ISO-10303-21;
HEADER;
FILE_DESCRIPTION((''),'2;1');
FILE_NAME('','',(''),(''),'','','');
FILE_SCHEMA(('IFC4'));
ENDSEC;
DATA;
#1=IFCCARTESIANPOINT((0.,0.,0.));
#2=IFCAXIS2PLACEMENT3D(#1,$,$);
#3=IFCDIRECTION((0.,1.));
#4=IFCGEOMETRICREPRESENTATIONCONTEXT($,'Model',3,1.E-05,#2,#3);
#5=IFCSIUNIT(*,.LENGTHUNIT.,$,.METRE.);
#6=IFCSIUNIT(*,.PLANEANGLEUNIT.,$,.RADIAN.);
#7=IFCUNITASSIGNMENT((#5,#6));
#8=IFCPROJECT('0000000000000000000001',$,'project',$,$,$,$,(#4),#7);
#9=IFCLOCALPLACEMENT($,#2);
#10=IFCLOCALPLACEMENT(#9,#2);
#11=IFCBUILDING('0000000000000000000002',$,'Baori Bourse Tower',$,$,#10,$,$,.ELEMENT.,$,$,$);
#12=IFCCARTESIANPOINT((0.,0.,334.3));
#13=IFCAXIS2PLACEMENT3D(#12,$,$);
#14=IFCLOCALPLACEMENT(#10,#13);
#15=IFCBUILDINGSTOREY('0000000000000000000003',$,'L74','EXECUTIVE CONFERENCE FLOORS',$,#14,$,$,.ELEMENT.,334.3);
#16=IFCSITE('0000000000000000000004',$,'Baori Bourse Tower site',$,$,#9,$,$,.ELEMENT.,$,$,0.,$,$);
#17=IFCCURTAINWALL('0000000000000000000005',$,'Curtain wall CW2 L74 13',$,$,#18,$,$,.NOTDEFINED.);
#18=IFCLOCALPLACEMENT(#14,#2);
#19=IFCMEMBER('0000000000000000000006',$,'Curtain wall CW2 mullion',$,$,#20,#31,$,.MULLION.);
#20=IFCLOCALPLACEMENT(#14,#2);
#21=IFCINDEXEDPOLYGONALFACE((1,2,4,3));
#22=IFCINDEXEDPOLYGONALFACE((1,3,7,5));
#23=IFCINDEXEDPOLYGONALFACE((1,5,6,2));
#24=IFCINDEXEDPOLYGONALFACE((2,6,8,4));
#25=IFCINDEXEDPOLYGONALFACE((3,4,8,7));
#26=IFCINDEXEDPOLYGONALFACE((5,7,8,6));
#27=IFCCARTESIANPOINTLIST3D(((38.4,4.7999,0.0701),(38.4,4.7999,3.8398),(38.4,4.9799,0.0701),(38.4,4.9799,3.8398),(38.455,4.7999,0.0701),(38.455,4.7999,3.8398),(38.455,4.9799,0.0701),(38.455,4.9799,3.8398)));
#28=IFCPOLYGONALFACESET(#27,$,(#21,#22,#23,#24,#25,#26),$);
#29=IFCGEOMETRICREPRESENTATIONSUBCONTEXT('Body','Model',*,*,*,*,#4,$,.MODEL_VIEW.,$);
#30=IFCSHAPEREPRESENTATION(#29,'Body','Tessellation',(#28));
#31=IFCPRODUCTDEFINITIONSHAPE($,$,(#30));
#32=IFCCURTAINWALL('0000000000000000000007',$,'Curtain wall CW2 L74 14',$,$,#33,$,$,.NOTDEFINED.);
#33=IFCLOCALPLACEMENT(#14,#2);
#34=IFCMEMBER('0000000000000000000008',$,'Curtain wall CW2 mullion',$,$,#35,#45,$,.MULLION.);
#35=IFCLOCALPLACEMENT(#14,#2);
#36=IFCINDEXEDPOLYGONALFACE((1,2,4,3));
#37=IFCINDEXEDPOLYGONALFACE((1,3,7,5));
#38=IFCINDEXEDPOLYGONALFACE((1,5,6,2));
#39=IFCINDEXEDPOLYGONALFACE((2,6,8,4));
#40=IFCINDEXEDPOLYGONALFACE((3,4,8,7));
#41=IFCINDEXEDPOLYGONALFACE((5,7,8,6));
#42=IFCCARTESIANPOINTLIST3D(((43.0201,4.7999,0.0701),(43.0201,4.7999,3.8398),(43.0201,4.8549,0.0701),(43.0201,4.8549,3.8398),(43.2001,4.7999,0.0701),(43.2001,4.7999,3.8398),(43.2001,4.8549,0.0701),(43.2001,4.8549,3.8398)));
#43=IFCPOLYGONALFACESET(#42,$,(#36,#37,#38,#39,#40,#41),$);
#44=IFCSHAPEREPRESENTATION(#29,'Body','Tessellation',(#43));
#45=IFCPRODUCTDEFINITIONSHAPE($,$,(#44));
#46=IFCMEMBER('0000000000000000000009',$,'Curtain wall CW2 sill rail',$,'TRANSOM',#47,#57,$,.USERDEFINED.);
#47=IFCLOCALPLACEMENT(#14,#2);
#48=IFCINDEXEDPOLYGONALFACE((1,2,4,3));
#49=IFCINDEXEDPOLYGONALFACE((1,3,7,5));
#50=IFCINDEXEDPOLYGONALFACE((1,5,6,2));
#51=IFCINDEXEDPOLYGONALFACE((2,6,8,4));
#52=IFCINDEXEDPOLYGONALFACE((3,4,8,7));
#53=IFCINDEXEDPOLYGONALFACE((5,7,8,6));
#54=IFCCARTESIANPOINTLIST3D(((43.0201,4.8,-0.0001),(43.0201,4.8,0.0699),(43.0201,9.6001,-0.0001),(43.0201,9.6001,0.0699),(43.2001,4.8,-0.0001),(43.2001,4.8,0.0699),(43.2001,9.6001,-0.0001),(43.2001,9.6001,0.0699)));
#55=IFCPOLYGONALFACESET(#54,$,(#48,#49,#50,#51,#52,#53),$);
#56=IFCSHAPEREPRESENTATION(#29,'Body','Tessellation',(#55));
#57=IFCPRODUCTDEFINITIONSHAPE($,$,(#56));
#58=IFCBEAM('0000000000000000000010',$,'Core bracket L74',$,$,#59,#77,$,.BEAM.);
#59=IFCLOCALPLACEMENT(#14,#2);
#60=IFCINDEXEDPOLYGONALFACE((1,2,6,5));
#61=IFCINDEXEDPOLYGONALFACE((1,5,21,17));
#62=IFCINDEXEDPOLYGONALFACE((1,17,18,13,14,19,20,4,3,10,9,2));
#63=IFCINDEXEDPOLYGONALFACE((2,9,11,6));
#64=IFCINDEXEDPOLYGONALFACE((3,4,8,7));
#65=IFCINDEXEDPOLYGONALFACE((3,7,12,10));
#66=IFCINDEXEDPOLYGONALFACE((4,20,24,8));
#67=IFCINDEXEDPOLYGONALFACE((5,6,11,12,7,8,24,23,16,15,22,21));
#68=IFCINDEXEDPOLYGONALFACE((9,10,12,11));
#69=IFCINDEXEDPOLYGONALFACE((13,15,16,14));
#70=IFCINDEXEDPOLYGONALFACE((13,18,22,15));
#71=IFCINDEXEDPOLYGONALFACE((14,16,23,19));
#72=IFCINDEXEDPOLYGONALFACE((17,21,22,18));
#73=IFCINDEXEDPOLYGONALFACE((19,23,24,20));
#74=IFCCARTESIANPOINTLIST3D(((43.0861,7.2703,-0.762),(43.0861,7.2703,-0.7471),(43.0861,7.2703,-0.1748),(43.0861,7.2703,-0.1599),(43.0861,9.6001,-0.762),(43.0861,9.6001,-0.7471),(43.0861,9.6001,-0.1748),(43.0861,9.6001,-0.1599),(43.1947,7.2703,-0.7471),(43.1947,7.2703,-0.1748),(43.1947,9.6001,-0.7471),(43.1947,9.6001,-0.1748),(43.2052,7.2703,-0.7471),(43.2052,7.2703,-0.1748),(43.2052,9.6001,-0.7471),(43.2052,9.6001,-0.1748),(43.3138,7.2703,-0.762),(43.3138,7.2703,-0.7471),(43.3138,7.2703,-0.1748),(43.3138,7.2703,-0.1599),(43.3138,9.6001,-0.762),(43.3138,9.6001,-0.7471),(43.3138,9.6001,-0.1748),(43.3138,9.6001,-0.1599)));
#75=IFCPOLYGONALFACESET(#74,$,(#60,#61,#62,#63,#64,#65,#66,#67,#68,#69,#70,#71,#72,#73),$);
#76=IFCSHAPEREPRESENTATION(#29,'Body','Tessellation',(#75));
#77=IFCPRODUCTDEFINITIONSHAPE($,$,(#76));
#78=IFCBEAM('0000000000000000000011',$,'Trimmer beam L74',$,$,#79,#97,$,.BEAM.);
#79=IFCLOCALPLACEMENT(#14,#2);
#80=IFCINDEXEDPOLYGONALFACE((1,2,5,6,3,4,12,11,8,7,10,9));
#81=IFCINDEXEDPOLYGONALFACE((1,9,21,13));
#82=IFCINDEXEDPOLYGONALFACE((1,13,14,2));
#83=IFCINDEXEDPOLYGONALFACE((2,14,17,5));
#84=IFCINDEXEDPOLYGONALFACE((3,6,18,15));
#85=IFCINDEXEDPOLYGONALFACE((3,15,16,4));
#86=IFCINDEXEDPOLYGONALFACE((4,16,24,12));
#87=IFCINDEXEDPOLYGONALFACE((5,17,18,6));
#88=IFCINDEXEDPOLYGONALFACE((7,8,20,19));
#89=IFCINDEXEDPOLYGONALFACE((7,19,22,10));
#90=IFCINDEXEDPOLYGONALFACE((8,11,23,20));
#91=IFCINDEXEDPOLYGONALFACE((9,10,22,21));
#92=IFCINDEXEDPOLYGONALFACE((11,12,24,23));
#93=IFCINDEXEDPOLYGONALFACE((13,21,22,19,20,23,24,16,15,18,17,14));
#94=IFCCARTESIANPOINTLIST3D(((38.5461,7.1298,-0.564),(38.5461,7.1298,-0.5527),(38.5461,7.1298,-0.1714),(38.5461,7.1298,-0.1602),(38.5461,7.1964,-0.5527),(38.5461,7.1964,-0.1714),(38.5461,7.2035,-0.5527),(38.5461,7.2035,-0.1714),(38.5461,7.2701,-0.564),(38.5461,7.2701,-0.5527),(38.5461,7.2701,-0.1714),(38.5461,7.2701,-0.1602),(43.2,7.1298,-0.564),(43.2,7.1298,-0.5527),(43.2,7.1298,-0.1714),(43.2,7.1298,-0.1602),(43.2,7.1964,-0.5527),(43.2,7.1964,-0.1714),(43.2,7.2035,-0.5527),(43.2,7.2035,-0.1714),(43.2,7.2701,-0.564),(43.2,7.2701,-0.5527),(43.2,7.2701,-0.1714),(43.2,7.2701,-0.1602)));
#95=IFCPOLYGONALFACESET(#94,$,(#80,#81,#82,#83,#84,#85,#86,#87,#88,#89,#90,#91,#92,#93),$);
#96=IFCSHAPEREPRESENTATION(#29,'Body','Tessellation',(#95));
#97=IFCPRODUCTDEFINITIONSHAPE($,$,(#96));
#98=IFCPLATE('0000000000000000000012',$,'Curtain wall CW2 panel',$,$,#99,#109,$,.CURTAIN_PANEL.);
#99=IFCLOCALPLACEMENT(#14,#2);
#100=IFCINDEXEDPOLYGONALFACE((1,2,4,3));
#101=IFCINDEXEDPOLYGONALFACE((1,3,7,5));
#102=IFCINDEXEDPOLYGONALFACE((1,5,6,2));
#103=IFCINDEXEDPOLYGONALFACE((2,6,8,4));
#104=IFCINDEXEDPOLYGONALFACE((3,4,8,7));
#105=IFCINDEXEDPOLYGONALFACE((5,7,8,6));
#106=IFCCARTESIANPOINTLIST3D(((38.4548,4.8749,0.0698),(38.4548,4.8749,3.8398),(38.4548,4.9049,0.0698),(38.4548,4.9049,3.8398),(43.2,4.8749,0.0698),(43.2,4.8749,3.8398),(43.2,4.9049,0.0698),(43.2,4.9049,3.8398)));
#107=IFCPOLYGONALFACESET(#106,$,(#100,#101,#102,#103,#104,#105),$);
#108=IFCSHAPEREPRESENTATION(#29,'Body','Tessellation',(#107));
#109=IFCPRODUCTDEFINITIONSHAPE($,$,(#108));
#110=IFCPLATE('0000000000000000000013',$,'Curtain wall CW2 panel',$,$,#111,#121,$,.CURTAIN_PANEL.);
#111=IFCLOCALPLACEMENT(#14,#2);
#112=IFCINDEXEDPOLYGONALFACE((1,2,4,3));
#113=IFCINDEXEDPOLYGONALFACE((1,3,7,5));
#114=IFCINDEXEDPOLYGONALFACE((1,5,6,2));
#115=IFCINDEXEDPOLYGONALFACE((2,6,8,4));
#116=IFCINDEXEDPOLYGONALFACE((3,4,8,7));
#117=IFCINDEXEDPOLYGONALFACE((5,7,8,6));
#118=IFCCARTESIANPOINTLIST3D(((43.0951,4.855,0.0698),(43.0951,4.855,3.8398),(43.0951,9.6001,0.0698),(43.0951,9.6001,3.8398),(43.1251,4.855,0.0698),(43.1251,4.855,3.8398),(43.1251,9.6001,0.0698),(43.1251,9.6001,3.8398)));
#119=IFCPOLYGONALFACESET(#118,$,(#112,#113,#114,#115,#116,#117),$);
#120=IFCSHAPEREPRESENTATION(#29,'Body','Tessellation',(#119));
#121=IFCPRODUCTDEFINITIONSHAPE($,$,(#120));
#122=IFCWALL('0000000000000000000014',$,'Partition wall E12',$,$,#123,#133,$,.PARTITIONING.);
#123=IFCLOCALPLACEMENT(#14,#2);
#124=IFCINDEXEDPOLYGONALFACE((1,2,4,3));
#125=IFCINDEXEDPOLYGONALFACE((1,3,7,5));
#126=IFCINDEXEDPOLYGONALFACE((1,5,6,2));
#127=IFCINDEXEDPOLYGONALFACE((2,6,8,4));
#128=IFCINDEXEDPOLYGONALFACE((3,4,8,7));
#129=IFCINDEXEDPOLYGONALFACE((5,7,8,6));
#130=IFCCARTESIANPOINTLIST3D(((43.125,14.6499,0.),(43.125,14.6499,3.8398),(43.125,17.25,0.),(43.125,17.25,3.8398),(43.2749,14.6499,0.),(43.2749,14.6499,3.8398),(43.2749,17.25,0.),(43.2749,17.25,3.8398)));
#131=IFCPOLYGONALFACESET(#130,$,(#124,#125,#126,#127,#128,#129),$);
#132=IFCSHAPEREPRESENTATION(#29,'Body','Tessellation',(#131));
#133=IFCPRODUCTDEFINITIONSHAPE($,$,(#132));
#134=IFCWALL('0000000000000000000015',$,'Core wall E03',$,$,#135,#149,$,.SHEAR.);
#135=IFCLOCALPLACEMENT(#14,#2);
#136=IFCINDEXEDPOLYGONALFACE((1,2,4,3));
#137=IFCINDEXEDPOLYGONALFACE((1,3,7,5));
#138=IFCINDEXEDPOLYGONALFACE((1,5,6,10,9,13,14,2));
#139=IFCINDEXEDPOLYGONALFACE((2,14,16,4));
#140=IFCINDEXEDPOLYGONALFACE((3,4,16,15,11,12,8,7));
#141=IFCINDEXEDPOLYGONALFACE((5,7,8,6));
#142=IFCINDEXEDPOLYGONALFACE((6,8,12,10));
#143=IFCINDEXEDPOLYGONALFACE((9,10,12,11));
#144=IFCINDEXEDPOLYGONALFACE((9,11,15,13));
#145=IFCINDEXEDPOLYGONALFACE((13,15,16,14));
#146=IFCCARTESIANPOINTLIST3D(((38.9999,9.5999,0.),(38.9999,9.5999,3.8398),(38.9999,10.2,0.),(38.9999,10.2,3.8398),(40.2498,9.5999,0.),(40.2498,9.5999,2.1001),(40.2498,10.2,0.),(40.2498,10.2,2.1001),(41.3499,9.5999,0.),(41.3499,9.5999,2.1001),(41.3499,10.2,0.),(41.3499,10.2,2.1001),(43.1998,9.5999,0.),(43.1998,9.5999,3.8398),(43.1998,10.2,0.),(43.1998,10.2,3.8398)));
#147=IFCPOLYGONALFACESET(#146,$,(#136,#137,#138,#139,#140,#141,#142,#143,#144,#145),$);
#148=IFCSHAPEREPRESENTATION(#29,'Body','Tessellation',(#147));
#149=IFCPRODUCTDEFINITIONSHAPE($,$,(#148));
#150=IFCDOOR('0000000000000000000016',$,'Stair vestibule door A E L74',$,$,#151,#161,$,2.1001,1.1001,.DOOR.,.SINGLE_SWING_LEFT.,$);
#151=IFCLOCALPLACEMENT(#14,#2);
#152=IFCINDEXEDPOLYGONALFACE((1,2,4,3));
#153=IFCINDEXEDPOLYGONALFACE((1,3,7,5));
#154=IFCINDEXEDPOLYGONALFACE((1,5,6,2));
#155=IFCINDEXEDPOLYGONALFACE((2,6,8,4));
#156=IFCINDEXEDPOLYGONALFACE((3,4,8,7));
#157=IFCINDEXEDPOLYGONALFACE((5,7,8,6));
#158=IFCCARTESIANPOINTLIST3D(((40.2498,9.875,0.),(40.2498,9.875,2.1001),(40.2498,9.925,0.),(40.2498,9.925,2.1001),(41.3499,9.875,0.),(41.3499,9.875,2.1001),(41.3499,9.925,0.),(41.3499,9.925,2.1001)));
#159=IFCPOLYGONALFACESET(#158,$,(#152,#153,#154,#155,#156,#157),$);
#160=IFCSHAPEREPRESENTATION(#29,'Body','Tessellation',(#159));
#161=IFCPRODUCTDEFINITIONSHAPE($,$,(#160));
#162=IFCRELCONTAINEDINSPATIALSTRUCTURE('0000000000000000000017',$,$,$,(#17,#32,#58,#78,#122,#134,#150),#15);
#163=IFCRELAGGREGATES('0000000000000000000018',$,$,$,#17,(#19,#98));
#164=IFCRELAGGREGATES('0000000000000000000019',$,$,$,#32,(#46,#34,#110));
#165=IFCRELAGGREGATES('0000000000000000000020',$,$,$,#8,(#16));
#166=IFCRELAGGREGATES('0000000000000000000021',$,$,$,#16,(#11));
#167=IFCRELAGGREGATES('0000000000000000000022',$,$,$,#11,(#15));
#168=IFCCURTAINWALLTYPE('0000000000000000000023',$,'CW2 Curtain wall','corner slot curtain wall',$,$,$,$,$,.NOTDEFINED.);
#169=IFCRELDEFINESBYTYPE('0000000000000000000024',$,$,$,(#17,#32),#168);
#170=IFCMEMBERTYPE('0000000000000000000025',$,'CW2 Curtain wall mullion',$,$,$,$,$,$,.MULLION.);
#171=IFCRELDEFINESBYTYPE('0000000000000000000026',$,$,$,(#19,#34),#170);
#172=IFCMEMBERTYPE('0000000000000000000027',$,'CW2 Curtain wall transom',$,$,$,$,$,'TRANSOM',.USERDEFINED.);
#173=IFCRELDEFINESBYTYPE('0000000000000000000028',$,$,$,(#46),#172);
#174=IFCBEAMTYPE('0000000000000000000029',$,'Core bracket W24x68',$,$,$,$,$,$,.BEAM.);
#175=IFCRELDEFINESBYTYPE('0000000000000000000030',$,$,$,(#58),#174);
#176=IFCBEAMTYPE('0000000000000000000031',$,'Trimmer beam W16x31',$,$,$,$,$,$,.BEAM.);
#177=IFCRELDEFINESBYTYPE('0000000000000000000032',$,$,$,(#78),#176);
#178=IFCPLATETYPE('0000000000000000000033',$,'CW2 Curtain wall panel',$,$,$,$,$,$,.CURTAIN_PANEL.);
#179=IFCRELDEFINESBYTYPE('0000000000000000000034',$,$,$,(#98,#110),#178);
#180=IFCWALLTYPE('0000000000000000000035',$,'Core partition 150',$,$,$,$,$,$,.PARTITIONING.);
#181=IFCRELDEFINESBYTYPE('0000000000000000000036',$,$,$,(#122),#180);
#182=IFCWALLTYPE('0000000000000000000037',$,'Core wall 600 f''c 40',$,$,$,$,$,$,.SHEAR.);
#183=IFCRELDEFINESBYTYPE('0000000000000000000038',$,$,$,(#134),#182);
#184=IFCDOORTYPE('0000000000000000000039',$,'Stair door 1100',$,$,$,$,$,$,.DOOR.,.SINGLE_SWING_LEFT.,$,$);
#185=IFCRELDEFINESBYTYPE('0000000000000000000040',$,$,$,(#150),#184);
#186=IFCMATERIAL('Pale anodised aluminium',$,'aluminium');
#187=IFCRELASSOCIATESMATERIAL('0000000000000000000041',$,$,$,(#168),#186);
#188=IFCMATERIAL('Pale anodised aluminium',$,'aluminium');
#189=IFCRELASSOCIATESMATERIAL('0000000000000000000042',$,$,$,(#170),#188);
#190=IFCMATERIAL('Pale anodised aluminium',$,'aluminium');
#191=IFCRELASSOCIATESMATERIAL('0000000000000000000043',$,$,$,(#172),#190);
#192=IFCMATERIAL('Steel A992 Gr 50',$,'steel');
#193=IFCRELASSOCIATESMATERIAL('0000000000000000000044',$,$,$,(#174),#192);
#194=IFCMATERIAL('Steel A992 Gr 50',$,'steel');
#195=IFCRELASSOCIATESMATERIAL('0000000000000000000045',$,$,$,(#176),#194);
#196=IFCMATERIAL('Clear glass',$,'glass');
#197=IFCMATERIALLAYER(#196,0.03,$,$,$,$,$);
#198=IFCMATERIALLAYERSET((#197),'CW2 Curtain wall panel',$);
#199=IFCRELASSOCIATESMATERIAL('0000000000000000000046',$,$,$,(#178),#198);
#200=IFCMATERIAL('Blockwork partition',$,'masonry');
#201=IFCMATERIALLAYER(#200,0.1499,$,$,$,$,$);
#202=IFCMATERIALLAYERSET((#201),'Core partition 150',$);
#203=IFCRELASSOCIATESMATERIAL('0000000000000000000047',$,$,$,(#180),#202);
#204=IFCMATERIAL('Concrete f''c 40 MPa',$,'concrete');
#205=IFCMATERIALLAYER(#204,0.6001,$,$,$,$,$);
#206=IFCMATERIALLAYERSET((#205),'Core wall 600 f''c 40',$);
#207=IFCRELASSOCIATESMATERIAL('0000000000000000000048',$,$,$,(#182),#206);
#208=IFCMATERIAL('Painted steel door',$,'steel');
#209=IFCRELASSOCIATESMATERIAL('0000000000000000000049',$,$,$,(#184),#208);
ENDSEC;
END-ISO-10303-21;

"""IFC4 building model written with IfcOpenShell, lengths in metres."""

from ifc_helpers import new_model, si_unit, direction, frame, frame_2d, origin, origin_2d, place, context, subcontext, project, spatial, rectangle, i_section, extrude, material, layer, layer_set, material_profile, profile_set, type_object, element, fill, aggregate, save


model = new_model("IFC4")

# Units and contexts
model_context = context("Model", 3, precision=1e-05, world=origin(), true_north=direction((0.0, 1.0)))
body_context = subcontext(model_context, "Body", "Model", "MODEL_VIEW")
ifc_project = project(units=[si_unit("LENGTHUNIT", "METRE"), si_unit("PLANEANGLEUNIT", "RADIAN")], contexts=[model_context])

# Site, building, storey
site_placement = place(None, origin())
site = spatial("IfcSite", under=ifc_project, at=site_placement, Name="Baori Bourse Tower site", CompositionType="ELEMENT", RefElevation=0.0)
building_placement = place(site_placement, origin())
building = spatial("IfcBuilding", under=site, at=building_placement, Name="Baori Bourse Tower", CompositionType="ELEMENT")
storey_placement = place(building_placement, frame((0.0, 0.0, 334.3)))
storey = spatial("IfcBuildingStorey", under=building, at=storey_placement, Name="L74", Description="EXECUTIVE CONFERENCE FLOORS", CompositionType="ELEMENT", Elevation=334.3)

# Curtain wall, member
ifc_material_1 = material(Name="Pale anodised aluminium", Category="aluminium")
curtain_wall_type = type_object("IfcCurtainWallType", Name="CW2 Curtain wall", Description="corner slot curtain wall", PredefinedType="NOTDEFINED", material=ifc_material_1)
curtain_wall_1_placement = place(storey_placement, origin())
curtain_wall_1 = element("IfcCurtainWall", 1, at=curtain_wall_1_placement, inside=storey, type_object=curtain_wall_type, Name="Curtain wall CW2 L74 13", PredefinedType="NOTDEFINED")
ifc_material_2 = material(Name="Pale anodised aluminium", Category="aluminium")
ifc_material_profile_1 = material_profile(ifc_material_2, rectangle(XDim=0.1799, YDim=0.0549, at=origin_2d()), Name="Mullion 55x180")
ifc_profile_set_1 = profile_set([ifc_material_profile_1], Name="Pale anodised aluminium")
member_type_1 = type_object("IfcMemberType", Name="CW2 Curtain wall mullion", PredefinedType="MULLION", material=ifc_profile_set_1)
member_1_placement = place(storey_placement, frame((38.4275, 4.8899, 0.0701), z_axis=(0.0, 0.0, 1.0), x_axis=(0.0, 1.0, 0.0)))
member_1 = element("IfcMember", 2, at=member_1_placement, type_object=member_type_1, Name="Curtain wall CW2 mullion", PredefinedType="MULLION", context=body_context, shape_type="SweptSolid", body=[
    extrude(rectangle(XDim=0.1799, YDim=0.0549, at=origin_2d()), origin(), (0.0, 0.0, 1.0), 3.7698),
])

# Curtain wall, members
curtain_wall_2_placement = place(storey_placement, origin())
curtain_wall_2 = element("IfcCurtainWall", 3, at=curtain_wall_2_placement, inside=storey, type_object=curtain_wall_type, Name="Curtain wall CW2 L74 14", PredefinedType="NOTDEFINED")
member_2_placement = place(storey_placement, frame((43.1101, 4.8274, 0.0701), z_axis=(0.0, 0.0, 1.0), x_axis=(-1.0, 0.0, 0.0)))
member_2 = element("IfcMember", 4, at=member_2_placement, type_object=member_type_1, Name="Curtain wall CW2 mullion", PredefinedType="MULLION", context=body_context, shape_type="SweptSolid", body=[
    extrude(rectangle(XDim=0.1799, YDim=0.0549, at=origin_2d()), origin(), (0.0, 0.0, 1.0), 3.7698),
])
ifc_material_3 = material(Name="Pale anodised aluminium", Category="aluminium")
ifc_material_profile_2 = material_profile(ifc_material_3, rectangle(XDim=0.1799, YDim=0.0701, at=origin_2d()), Name="Transom 70x180")
ifc_profile_set_2 = profile_set([ifc_material_profile_2], Name="Pale anodised aluminium")
member_type_2 = type_object("IfcMemberType", Name="CW2 Curtain wall transom", ElementType="TRANSOM", PredefinedType="USERDEFINED", material=ifc_profile_set_2)
member_3_placement = place(storey_placement, frame((43.1101, 4.8, 0.0349), z_axis=(0.0, 1.0, 0.0), x_axis=(-1.0, 0.0, 0.0)))
member_3 = element("IfcMember", 5, at=member_3_placement, type_object=member_type_2, Name="Curtain wall CW2 sill rail", ObjectType="TRANSOM", PredefinedType="USERDEFINED", context=body_context, shape_type="SweptSolid", body=[
    extrude(rectangle(XDim=0.1799, YDim=0.0701, at=origin_2d()), origin(), (0.0, 0.0, 1.0), 4.8),
])

# Beams
ifc_material_4 = material(Name="Steel A992 Gr 50", Category="steel")
ifc_material_profile_3 = material_profile(ifc_material_4, i_section(OverallWidth=0.2278, OverallDepth=0.6021, WebThickness=0.0105, FlangeThickness=0.0149, at=origin_2d()), Name="W24x68")
ifc_profile_set_3 = profile_set([ifc_material_profile_3], Name="Steel A992 Gr 50")
beam_type_1 = type_object("IfcBeamType", Name="Core bracket W24x68", PredefinedType="BEAM", material=ifc_profile_set_3)
beam_1_placement = place(storey_placement, frame((43.2, 7.2703, -0.4609), z_axis=(0.0, 1.0, 0.0), x_axis=(-1.0, 0.0, 0.0)))
element("IfcBeam", 6, at=beam_1_placement, inside=storey, type_object=beam_type_1, Name="Core bracket L74", PredefinedType="BEAM", context=body_context, shape_type="SweptSolid", body=[
    extrude(i_section(OverallWidth=0.2278, OverallDepth=0.6021, WebThickness=0.0105, FlangeThickness=0.0149, at=origin_2d()), origin(), (0.0, 0.0, 1.0), 2.3298),
])
ifc_material_5 = material(Name="Steel A992 Gr 50", Category="steel")
ifc_material_profile_4 = material_profile(ifc_material_5, i_section(OverallWidth=0.1404, OverallDepth=0.4038, WebThickness=0.0071, FlangeThickness=0.0112, at=origin_2d()), Name="W16x31")
ifc_profile_set_4 = profile_set([ifc_material_profile_4], Name="Steel A992 Gr 50")
beam_type_2 = type_object("IfcBeamType", Name="Trimmer beam W16x31", PredefinedType="BEAM", material=ifc_profile_set_4)
beam_2_placement = place(storey_placement, frame((38.5461, 7.2, -0.3621), z_axis=(1.0, 0.0, 0.0), x_axis=(0.0, 1.0, 0.0)))
element("IfcBeam", 7, at=beam_2_placement, inside=storey, type_object=beam_type_2, Name="Trimmer beam L74", PredefinedType="BEAM", context=body_context, shape_type="SweptSolid", body=[
    extrude(i_section(OverallWidth=0.1404, OverallDepth=0.4038, WebThickness=0.0071, FlangeThickness=0.0112, at=origin_2d()), origin(), (0.0, 0.0, 1.0), 4.6538),
])

# Plates
ifc_material_6 = material(Name="Clear glass", Category="glass")
ifc_layer_1 = layer(ifc_material_6, 0.03)
ifc_layer_set_1 = layer_set([ifc_layer_1], Name="CW2 Curtain wall panel")
plate_type = type_object("IfcPlateType", Name="CW2 Curtain wall panel", PredefinedType="CURTAIN_PANEL", material=ifc_layer_set_1)
plate_1_placement = place(storey_placement, frame((40.8274, 4.8899, 0.0698), z_axis=(0.0, 0.0, 1.0), x_axis=(1.0, 0.0, 0.0)))
plate_1 = element("IfcPlate", 8, at=plate_1_placement, type_object=plate_type, Name="Curtain wall CW2 panel", PredefinedType="CURTAIN_PANEL", context=body_context, shape_type="SweptSolid", body=[
    extrude(rectangle(XDim=4.7451, YDim=0.03, at=origin_2d()), origin(), (0.0, 0.0, 1.0), 3.77),
])
aggregate(curtain_wall_1, [member_1, plate_1])
plate_2_placement = place(storey_placement, frame((43.1101, 7.2275, 0.0698), z_axis=(0.0, 0.0, 1.0), x_axis=(0.0, 1.0, 0.0)))
plate_2 = element("IfcPlate", 9, at=plate_2_placement, type_object=plate_type, Name="Curtain wall CW2 panel", PredefinedType="CURTAIN_PANEL", context=body_context, shape_type="SweptSolid", body=[
    extrude(rectangle(XDim=4.7451, YDim=0.03, at=origin_2d()), origin(), (0.0, 0.0, 1.0), 3.77),
])
aggregate(curtain_wall_2, [member_3, member_2, plate_2])

# Wall
ifc_material_7 = material(Name="Blockwork partition", Category="masonry")
ifc_layer_2 = layer(ifc_material_7, 0.1499)
ifc_layer_set_2 = layer_set([ifc_layer_2], Name="Core partition 150")
wall_type_1 = type_object("IfcWallType", Name="Core partition 150", PredefinedType="PARTITIONING", material=ifc_layer_set_2)
wall_1_placement = place(storey_placement, frame((43.2, 14.6499, 0.0), z_axis=(0.0, 0.0, 1.0), x_axis=(0.0, 1.0, 0.0)))
element("IfcWall", 10, at=wall_1_placement, inside=storey, type_object=wall_type_1, Name="Partition wall E12", PredefinedType="PARTITIONING", context=body_context, shape_type="SweptSolid", body=[
    extrude(rectangle(XDim=2.6001, YDim=0.1499, at=frame_2d((1.3, 0.0))), origin(), (0.0, 0.0, 1.0), 3.8398),
])

# Wall, opening, door
ifc_material_8 = material(Name="Concrete f'c 40 MPa", Category="concrete")
ifc_layer_3 = layer(ifc_material_8, 0.6001)
ifc_layer_set_3 = layer_set([ifc_layer_3], Name="Core wall 600 f'c 40")
wall_type_2 = type_object("IfcWallType", Name="Core wall 600 f'c 40", PredefinedType="SHEAR", material=ifc_layer_set_3)
wall_2_placement = place(storey_placement, frame((43.2, 9.8999, 0.0), z_axis=(0.0, 0.0, 1.0), x_axis=(-1.0, 0.0, 0.0)))
wall_2 = element("IfcWall", 11, at=wall_2_placement, inside=storey, type_object=wall_type_2, Name="Core wall E03", PredefinedType="SHEAR", context=body_context, shape_type="SweptSolid", body=[
    extrude(rectangle(XDim=4.2, YDim=0.6001, at=frame_2d((2.1001, 0.0))), origin(), (0.0, 0.0, 1.0), 3.8398),
])
opening_1_placement = place(wall_2_placement, frame((1.8501, 0.0, 0.0)))
opening_1 = element("IfcOpeningElement", 12, at=opening_1_placement, cuts=wall_2, PredefinedType="OPENING", context=body_context, shape_type="SweptSolid", body=[
    extrude(rectangle(XDim=1.1001, YDim=2.1001, at=frame_2d((0.55, 1.05))), frame((0.0, 0.3101, 0.0), z_axis=(0.0, -1.0, 0.0), x_axis=(1.0, 0.0, 0.0)), (0.0, 0.0, 1.0), 0.6201),
])
ifc_material_9 = material(Name="Painted steel door", Category="steel")
door_type_1 = type_object("IfcDoorType", Name="Stair door 1100", OperationType="SINGLE_SWING_LEFT", PredefinedType="DOOR", material=ifc_material_9)
door_1_placement = place(opening_1_placement, origin())
door_1 = element("IfcDoor", 13, at=door_1_placement, inside=storey, type_object=door_type_1, Name="Stair vestibule door A E L74", OperationType="SINGLE_SWING_LEFT", OverallHeight=2.1001, OverallWidth=1.1001, PredefinedType="DOOR", context=body_context, shape_type="SweptSolid", body=[
    extrude(rectangle(XDim=1.1001, YDim=2.1001, at=frame_2d((0.55, 1.05))), frame((0.0, 0.0249, 0.0), z_axis=(0.0, -1.0, 0.0), x_axis=(1.0, 0.0, 0.0)), (0.0, 0.0, 1.0), 0.05),
])
fill(opening_1, door_1)

save(model, "model.ifc")
